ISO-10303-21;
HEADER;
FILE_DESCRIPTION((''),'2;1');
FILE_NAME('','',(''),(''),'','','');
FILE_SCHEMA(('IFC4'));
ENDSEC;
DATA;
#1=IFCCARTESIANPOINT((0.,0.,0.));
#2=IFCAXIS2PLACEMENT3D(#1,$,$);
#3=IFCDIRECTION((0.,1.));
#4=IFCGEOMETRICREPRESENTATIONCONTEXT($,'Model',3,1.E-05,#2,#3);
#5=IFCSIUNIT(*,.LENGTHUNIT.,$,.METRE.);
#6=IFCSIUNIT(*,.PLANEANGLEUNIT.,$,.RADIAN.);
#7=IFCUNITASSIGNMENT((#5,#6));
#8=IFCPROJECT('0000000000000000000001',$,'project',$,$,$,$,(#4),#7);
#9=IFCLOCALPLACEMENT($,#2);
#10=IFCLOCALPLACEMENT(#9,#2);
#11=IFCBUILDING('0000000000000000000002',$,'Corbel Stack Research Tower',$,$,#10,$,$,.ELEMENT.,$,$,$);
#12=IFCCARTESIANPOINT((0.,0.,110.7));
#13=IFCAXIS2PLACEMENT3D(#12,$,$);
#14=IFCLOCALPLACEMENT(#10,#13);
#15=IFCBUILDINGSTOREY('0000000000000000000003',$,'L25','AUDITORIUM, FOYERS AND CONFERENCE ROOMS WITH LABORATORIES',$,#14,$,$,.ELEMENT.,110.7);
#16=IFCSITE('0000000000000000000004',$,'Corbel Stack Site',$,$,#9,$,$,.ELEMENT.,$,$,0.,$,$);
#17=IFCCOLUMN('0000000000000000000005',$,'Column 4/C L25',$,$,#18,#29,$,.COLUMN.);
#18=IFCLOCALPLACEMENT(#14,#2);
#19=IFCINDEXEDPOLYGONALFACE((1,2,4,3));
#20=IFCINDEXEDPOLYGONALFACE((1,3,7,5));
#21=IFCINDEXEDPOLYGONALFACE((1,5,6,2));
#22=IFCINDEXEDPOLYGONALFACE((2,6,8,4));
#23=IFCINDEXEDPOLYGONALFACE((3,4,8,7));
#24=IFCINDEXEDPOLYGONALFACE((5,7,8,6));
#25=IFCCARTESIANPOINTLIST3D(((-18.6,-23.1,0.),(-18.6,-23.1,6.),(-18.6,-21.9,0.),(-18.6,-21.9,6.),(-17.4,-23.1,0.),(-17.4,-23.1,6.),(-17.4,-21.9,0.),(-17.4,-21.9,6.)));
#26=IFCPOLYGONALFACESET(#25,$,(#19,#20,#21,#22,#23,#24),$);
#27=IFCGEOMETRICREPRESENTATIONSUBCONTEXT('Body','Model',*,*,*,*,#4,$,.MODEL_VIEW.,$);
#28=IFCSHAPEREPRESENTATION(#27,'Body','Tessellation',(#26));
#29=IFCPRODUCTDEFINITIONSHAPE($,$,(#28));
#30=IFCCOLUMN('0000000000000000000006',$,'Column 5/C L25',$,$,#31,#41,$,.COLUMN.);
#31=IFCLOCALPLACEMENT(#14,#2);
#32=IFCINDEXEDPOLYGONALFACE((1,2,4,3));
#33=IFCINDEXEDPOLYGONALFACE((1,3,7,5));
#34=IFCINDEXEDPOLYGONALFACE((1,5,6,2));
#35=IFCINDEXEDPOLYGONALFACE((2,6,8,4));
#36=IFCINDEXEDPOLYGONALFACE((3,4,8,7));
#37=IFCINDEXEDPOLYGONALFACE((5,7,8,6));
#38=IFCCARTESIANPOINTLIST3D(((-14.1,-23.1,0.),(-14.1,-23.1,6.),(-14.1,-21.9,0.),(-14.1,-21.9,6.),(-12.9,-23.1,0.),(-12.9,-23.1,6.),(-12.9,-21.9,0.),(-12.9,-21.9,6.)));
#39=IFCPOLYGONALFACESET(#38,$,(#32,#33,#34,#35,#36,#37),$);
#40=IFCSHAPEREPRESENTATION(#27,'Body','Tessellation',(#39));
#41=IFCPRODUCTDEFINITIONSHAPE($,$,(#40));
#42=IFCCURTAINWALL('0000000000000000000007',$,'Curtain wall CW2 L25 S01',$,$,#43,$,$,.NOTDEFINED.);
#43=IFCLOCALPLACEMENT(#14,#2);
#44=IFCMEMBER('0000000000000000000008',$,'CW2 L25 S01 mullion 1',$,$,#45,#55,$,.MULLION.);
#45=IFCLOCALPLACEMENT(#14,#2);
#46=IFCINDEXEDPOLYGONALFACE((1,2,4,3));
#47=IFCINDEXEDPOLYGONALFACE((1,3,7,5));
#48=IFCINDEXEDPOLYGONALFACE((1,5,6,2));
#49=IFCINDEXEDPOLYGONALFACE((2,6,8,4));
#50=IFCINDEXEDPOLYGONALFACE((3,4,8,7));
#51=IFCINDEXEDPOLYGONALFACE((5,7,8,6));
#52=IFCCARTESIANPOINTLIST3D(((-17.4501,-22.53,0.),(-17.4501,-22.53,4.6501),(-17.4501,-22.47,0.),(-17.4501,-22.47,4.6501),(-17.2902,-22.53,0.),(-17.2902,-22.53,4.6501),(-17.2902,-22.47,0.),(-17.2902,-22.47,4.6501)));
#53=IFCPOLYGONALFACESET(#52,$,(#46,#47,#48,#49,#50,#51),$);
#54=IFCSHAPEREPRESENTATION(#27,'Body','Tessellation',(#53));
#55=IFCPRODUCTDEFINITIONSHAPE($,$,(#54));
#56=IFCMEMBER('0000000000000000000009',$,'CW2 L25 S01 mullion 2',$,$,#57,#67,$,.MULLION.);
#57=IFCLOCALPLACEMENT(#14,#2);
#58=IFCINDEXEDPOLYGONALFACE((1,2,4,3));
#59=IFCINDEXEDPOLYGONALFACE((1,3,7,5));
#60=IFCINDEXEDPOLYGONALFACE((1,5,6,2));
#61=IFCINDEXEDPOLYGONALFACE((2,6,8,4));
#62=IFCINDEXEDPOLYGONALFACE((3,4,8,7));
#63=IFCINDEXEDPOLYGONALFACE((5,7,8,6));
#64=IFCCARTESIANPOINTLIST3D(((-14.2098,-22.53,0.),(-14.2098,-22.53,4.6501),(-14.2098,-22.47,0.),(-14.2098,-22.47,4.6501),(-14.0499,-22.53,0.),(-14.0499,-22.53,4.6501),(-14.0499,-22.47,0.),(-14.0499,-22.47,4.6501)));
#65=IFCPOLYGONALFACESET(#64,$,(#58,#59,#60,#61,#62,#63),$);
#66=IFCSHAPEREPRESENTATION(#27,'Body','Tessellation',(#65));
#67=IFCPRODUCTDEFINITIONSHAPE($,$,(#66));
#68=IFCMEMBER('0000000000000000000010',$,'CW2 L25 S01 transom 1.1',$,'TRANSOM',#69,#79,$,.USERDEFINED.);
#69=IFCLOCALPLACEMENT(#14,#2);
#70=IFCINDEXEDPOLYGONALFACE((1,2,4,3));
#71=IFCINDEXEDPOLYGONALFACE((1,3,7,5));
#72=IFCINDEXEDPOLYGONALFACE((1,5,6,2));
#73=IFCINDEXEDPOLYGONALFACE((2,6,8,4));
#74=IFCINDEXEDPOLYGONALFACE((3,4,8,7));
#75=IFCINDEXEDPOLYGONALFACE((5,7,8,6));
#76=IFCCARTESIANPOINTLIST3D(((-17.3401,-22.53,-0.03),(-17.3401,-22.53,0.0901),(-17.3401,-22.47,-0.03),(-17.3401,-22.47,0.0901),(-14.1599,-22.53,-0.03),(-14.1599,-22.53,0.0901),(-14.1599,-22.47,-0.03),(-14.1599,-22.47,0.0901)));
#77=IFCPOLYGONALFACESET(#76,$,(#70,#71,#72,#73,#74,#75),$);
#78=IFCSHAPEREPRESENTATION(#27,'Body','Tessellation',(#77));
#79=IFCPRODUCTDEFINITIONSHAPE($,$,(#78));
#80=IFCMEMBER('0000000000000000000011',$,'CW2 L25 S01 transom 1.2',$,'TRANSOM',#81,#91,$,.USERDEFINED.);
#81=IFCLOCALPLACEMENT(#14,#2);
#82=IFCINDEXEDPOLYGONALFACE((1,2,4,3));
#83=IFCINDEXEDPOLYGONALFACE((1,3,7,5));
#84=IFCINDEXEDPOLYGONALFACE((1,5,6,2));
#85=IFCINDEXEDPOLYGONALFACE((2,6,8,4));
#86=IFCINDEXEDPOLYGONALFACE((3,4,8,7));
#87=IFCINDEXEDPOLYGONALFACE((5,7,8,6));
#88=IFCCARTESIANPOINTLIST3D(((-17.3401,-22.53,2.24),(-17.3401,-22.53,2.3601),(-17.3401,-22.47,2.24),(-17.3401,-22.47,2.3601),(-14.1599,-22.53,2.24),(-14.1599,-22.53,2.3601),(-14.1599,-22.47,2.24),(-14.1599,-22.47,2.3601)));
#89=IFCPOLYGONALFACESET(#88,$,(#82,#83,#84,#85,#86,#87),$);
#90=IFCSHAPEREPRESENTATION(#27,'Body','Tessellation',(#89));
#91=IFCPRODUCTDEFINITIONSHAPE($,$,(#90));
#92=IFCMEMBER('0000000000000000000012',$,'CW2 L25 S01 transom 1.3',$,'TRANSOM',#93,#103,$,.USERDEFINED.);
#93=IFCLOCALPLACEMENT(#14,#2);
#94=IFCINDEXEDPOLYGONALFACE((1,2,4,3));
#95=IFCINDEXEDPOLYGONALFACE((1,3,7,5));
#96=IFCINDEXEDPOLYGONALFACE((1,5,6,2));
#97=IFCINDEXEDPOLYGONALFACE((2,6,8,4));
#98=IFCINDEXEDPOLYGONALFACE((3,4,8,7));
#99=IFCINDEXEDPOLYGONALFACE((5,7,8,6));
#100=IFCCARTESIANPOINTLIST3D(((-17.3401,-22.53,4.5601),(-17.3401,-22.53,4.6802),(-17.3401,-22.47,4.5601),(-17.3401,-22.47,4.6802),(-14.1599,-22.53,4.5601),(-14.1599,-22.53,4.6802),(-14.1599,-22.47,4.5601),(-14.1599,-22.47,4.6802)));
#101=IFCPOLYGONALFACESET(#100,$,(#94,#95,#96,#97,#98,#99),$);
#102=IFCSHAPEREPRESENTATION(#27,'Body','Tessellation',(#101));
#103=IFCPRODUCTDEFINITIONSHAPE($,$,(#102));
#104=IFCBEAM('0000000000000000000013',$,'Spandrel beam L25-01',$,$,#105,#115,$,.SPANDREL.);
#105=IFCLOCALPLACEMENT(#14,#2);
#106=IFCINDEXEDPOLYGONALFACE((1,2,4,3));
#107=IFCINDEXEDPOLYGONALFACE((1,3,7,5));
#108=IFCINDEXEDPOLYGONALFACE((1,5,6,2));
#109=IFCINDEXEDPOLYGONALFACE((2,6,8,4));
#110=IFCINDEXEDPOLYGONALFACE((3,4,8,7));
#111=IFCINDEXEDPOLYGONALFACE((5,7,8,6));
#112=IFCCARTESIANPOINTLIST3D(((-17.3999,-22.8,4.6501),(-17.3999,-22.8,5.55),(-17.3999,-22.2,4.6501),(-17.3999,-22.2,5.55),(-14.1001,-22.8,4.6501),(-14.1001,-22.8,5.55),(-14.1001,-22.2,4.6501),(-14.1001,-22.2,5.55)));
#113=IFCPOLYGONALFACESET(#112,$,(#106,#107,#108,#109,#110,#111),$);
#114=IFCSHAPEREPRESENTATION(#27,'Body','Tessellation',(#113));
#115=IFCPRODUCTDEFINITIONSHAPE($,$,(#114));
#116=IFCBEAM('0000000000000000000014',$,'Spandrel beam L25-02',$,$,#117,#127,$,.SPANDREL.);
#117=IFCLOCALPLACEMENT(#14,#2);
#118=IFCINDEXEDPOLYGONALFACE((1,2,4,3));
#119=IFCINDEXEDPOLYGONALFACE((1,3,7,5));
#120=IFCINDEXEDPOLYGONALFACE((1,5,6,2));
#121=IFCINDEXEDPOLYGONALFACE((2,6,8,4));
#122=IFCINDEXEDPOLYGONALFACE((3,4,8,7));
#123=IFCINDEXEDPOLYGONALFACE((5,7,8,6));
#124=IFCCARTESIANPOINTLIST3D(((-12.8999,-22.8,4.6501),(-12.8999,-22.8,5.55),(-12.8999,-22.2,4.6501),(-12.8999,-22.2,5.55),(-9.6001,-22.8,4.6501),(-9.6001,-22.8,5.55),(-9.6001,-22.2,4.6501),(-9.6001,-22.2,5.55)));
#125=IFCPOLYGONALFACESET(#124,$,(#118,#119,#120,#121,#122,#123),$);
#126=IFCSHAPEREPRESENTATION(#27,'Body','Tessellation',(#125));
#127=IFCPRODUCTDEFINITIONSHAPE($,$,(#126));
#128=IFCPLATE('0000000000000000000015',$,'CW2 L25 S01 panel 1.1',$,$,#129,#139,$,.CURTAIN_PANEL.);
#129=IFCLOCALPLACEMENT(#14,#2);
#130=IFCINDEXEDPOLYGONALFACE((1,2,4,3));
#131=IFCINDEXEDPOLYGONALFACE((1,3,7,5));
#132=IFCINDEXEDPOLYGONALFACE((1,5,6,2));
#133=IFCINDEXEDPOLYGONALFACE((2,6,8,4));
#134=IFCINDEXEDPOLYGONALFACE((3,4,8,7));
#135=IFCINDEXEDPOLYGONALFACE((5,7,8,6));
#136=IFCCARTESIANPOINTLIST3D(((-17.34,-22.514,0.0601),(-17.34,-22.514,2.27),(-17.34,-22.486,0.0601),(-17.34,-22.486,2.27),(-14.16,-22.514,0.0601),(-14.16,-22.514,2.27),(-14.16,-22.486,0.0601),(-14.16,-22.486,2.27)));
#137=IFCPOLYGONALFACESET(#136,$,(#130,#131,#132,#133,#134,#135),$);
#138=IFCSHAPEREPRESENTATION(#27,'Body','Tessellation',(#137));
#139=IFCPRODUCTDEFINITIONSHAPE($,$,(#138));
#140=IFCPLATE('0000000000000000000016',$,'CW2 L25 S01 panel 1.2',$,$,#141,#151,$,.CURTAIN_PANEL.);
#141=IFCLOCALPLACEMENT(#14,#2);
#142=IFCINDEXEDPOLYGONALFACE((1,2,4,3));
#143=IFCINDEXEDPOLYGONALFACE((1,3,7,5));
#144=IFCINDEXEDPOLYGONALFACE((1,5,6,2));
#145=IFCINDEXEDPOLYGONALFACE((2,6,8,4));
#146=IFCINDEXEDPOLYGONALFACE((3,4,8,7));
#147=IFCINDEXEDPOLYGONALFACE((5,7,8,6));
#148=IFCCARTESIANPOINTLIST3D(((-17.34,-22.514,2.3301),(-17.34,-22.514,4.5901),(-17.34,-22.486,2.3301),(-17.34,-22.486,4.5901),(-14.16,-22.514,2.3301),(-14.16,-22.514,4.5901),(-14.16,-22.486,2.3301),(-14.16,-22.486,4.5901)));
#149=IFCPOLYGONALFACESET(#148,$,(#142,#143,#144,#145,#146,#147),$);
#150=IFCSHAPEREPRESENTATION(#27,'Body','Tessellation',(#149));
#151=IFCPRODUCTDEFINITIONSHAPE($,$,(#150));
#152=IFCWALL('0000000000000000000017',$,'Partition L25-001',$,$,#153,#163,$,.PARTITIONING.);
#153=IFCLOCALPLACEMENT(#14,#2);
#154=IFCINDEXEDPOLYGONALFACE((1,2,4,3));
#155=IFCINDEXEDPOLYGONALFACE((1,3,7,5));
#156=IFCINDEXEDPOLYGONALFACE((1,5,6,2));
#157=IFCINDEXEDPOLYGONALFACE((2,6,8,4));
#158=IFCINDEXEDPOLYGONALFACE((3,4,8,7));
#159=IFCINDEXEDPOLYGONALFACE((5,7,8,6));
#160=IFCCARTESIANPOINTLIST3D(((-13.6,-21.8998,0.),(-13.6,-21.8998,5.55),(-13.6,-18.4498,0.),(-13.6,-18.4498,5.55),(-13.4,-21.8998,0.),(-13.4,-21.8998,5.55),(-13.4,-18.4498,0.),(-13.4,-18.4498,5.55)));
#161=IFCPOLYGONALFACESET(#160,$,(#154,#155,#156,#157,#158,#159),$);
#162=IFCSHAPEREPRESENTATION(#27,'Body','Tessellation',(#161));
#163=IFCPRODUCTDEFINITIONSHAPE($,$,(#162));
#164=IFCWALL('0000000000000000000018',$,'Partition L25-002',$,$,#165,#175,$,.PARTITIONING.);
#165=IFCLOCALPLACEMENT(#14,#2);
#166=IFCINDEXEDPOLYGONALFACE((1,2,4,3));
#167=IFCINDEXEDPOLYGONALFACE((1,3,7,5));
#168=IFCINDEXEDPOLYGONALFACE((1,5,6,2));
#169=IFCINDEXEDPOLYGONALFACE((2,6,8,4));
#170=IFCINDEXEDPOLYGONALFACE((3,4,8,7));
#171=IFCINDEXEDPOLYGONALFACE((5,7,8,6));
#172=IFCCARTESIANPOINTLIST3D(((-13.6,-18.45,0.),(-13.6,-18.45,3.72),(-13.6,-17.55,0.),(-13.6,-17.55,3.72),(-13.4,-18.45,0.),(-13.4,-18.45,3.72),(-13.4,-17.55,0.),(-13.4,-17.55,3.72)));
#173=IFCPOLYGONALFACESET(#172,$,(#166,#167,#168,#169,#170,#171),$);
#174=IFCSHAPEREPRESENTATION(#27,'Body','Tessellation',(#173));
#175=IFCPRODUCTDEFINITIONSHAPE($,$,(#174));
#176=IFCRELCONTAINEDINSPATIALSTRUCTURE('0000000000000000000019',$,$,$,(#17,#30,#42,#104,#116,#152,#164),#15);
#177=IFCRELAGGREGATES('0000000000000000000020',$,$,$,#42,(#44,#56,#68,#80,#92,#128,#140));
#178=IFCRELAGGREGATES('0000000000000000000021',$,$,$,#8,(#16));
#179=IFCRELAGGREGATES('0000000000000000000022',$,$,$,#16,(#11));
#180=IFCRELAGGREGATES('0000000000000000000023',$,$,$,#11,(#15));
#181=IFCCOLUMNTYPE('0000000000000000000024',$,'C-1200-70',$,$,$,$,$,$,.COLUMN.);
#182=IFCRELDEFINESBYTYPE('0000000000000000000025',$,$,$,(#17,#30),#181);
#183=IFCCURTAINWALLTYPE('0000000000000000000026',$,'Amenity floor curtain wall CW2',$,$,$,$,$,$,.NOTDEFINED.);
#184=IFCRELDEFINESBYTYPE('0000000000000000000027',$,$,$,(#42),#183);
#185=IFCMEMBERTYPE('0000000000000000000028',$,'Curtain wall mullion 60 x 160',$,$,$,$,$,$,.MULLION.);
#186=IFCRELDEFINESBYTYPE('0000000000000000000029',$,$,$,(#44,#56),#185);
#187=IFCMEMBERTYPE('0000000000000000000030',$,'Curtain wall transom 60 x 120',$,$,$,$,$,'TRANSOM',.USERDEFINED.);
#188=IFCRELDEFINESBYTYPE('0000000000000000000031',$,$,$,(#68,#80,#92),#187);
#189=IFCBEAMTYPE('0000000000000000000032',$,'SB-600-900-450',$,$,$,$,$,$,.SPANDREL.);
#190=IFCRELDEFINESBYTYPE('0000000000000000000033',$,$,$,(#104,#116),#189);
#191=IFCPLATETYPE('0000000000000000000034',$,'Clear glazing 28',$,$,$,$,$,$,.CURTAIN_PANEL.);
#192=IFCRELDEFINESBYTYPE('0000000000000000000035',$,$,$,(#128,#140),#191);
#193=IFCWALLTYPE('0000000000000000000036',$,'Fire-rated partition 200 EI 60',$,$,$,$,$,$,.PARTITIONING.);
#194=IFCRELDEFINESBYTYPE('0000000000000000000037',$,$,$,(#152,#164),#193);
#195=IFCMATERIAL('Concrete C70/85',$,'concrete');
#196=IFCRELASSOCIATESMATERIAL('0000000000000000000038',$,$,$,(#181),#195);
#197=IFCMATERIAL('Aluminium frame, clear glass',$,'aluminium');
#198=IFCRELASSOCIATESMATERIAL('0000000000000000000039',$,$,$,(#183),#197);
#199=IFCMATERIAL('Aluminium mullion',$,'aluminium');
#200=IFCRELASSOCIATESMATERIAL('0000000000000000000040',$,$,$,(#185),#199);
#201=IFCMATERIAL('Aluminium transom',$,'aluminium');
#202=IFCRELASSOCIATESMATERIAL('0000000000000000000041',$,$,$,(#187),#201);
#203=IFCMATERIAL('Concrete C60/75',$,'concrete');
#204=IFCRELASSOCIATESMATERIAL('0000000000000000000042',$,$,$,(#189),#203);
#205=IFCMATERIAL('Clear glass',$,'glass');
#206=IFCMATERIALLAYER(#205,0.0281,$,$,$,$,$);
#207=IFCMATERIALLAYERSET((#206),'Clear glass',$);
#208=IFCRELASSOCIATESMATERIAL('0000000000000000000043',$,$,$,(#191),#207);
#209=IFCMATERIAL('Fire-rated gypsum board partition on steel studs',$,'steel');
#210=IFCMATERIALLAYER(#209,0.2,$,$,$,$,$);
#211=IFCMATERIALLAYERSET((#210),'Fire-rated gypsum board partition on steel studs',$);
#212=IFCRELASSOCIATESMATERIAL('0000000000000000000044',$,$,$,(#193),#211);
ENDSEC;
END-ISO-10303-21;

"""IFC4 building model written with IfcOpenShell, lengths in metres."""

from ifc_helpers import new_model, si_unit, direction, frame, frame_2d, origin, origin_2d, place, context, subcontext, project, spatial, rectangle, extrude, material, layer, layer_set, material_profile, profile_set, type_object, element, aggregate, save


model = new_model("IFC4")

# Units and contexts
model_context = context("Model", 3, precision=1e-05, world=origin(), true_north=direction((0.0, 1.0)))
body_context = subcontext(model_context, "Body", "Model", "MODEL_VIEW")
ifc_project = project(units=[si_unit("LENGTHUNIT", "METRE"), si_unit("PLANEANGLEUNIT", "RADIAN")], contexts=[model_context])

# Site, building, storey
site_placement = place(None, origin())
site = spatial("IfcSite", under=ifc_project, at=site_placement, Name="Corbel Stack Site", CompositionType="ELEMENT", RefElevation=0.0)
building_placement = place(site_placement, origin())
building = spatial("IfcBuilding", under=site, at=building_placement, Name="Corbel Stack Research Tower", CompositionType="ELEMENT")
storey_placement = place(building_placement, frame((0.0, 0.0, 110.7)))
storey = spatial("IfcBuildingStorey", under=building, at=storey_placement, Name="L25", Description="AUDITORIUM, FOYERS AND CONFERENCE ROOMS WITH LABORATORIES", CompositionType="ELEMENT", Elevation=110.7)

# Columns
ifc_material_1 = material(Name="Concrete C70/85", Category="concrete")
ifc_material_profile_1 = material_profile(ifc_material_1, rectangle(XDim=1.2, YDim=1.2, at=origin_2d()), Name="RC 1200 x 1200")
ifc_profile_set_1 = profile_set([ifc_material_profile_1], Name="Concrete C70/85")
column_type = type_object("IfcColumnType", Name="C-1200-70", PredefinedType="COLUMN", material=ifc_profile_set_1)
for number, where, z_axis, x_axis, name in (
    (1, (-18.0, -22.5, 0.0), (0.0, 0.0, 1.0), (1.0, 0.0, 0.0), "Column 4/C L25"),
    (2, (-13.5, -22.5, 0.0), (0.0, 0.0, 1.0), (1.0, 0.0, 0.0), "Column 5/C L25"),
):
    element("IfcColumn", number, at=place(storey_placement, frame(where, z_axis=z_axis, x_axis=x_axis)), inside=storey, type_object=column_type, Name=name, PredefinedType="COLUMN", context=body_context, shape_type="SweptSolid", body=[
        extrude(rectangle(XDim=1.2, YDim=1.2, at=origin_2d()), origin(), (0.0, 0.0, 1.0), 6.0),
    ])

# Curtain wall, members
ifc_material_2 = material(Name="Aluminium frame, clear glass", Category="aluminium")
curtain_wall_type = type_object("IfcCurtainWallType", Name="Amenity floor curtain wall CW2", PredefinedType="NOTDEFINED", material=ifc_material_2)
curtain_wall_placement = place(storey_placement, origin())
curtain_wall = element("IfcCurtainWall", 3, at=curtain_wall_placement, inside=storey, type_object=curtain_wall_type, Name="Curtain wall CW2 L25 S01", PredefinedType="NOTDEFINED")
ifc_material_3 = material(Name="Aluminium mullion", Category="aluminium")
ifc_material_profile_2 = material_profile(ifc_material_3, rectangle(XDim=0.0601, YDim=0.1599, at=origin_2d()), Name="Mullion 60 x 160")
ifc_profile_set_2 = profile_set([ifc_material_profile_2], Name="Aluminium mullion")
member_type_1 = type_object("IfcMemberType", Name="Curtain wall mullion 60 x 160", PredefinedType="MULLION", material=ifc_profile_set_2)
member_1_placement = place(storey_placement, frame((-17.3701, -22.5, 0.0), z_axis=(0.0, 0.0, 1.0), x_axis=(0.0, 1.0, 0.0)))
member_1 = element("IfcMember", 4, at=member_1_placement, type_object=member_type_1, Name="CW2 L25 S01 mullion 1", PredefinedType="MULLION", context=body_context, shape_type="SweptSolid", body=[
    extrude(rectangle(XDim=0.0601, YDim=0.1599, at=origin_2d()), origin(), (0.0, 0.0, 1.0), 4.6501),
])
member_2_placement = place(storey_placement, frame((-14.1299, -22.5, 0.0), z_axis=(0.0, 0.0, 1.0), x_axis=(0.0, 1.0, 0.0)))
member_2 = element("IfcMember", 5, at=member_2_placement, type_object=member_type_1, Name="CW2 L25 S01 mullion 2", PredefinedType="MULLION", context=body_context, shape_type="SweptSolid", body=[
    extrude(rectangle(XDim=0.0601, YDim=0.1599, at=origin_2d()), origin(), (0.0, 0.0, 1.0), 4.6501),
])
ifc_material_4 = material(Name="Aluminium transom", Category="aluminium")
ifc_material_profile_3 = material_profile(ifc_material_4, rectangle(XDim=0.0601, YDim=0.1201, at=origin_2d()), Name="Transom 60 x 120")
ifc_profile_set_3 = profile_set([ifc_material_profile_3], Name="Aluminium transom")
member_type_2 = type_object("IfcMemberType", Name="Curtain wall transom 60 x 120", ElementType="TRANSOM", PredefinedType="USERDEFINED", material=ifc_profile_set_3)
member_3_placement = place(storey_placement, frame((-17.3401, -22.5, 0.03), z_axis=(1.0, 0.0, 0.0), x_axis=(0.0, 1.0, 0.0)))
member_3 = element("IfcMember", 6, at=member_3_placement, type_object=member_type_2, Name="CW2 L25 S01 transom 1.1", ObjectType="TRANSOM", PredefinedType="USERDEFINED", context=body_context, shape_type="SweptSolid", body=[
    extrude(rectangle(XDim=0.0601, YDim=0.1201, at=origin_2d()), origin(), (0.0, 0.0, 1.0), 3.1802),
])
member_4_placement = place(storey_placement, frame((-17.3401, -22.5, 2.3), z_axis=(1.0, 0.0, 0.0), x_axis=(0.0, 1.0, 0.0)))
member_4 = element("IfcMember", 7, at=member_4_placement, type_object=member_type_2, Name="CW2 L25 S01 transom 1.2", ObjectType="TRANSOM", PredefinedType="USERDEFINED", context=body_context, shape_type="SweptSolid", body=[
    extrude(rectangle(XDim=0.0601, YDim=0.1201, at=origin_2d()), origin(), (0.0, 0.0, 1.0), 3.1802),
])
member_5_placement = place(storey_placement, frame((-17.3401, -22.5, 4.6201), z_axis=(1.0, 0.0, 0.0), x_axis=(0.0, 1.0, 0.0)))
member_5 = element("IfcMember", 8, at=member_5_placement, type_object=member_type_2, Name="CW2 L25 S01 transom 1.3", ObjectType="TRANSOM", PredefinedType="USERDEFINED", context=body_context, shape_type="SweptSolid", body=[
    extrude(rectangle(XDim=0.0601, YDim=0.1201, at=origin_2d()), origin(), (0.0, 0.0, 1.0), 3.1802),
])

# Beams
ifc_material_5 = material(Name="Concrete C60/75", Category="concrete")
ifc_material_profile_4 = material_profile(ifc_material_5, rectangle(XDim=0.6001, YDim=0.8999, at=origin_2d()), Name="RC 600 x 900")
ifc_profile_set_4 = profile_set([ifc_material_profile_4], Name="Concrete C60/75")
beam_type = type_object("IfcBeamType", Name="SB-600-900-450", PredefinedType="SPANDREL", material=ifc_profile_set_4)
for number, where, z_axis, x_axis, name in (
    (9, (-17.3999, -22.5, 5.1001), (1.0, 0.0, 0.0), (0.0, 1.0, 0.0), "Spandrel beam L25-01"),
    (10, (-12.8999, -22.5, 5.1001), (1.0, 0.0, 0.0), (0.0, 1.0, 0.0), "Spandrel beam L25-02"),
):
    element("IfcBeam", number, at=place(storey_placement, frame(where, z_axis=z_axis, x_axis=x_axis)), inside=storey, type_object=beam_type, Name=name, PredefinedType="SPANDREL", context=body_context, shape_type="SweptSolid", body=[
        extrude(rectangle(XDim=0.6001, YDim=0.8999, at=origin_2d()), origin(), (0.0, 0.0, 1.0), 3.2998),
    ])

# Plates
ifc_material_6 = material(Name="Clear glass", Category="glass")
ifc_layer_1 = layer(ifc_material_6, 0.0281)
ifc_layer_set_1 = layer_set([ifc_layer_1], Name="Clear glass")
plate_type = type_object("IfcPlateType", Name="Clear glazing 28", PredefinedType="CURTAIN_PANEL", material=ifc_layer_set_1)
plate_1_placement = place(storey_placement, frame((-15.75, -22.5, 0.0601), z_axis=(0.0, 0.0, 1.0), x_axis=(1.0, 0.0, 0.0)))
plate_1 = element("IfcPlate", 11, at=plate_1_placement, type_object=plate_type, Name="CW2 L25 S01 panel 1.1", PredefinedType="CURTAIN_PANEL", context=body_context, shape_type="SweptSolid", body=[
    extrude(rectangle(XDim=3.1799, YDim=0.0281, at=origin_2d()), origin(), (0.0, 0.0, 1.0), 2.21),
])
plate_2_placement = place(storey_placement, frame((-15.75, -22.5, 2.3301), z_axis=(0.0, 0.0, 1.0), x_axis=(1.0, 0.0, 0.0)))
plate_2 = element("IfcPlate", 12, at=plate_2_placement, type_object=plate_type, Name="CW2 L25 S01 panel 1.2", PredefinedType="CURTAIN_PANEL", context=body_context, shape_type="SweptSolid", body=[
    extrude(rectangle(XDim=3.1799, YDim=0.0281, at=origin_2d()), origin(), (0.0, 0.0, 1.0), 2.26),
])
aggregate(curtain_wall, [member_1, member_2, member_3, member_4, member_5, plate_1, plate_2])

# Walls
ifc_material_7 = material(Name="Fire-rated gypsum board partition on steel studs", Category="steel")
ifc_layer_2 = layer(ifc_material_7, 0.2)
ifc_layer_set_2 = layer_set([ifc_layer_2], Name="Fire-rated gypsum board partition on steel studs")
wall_type_1 = type_object("IfcWallType", Name="Fire-rated partition 200 EI 60", PredefinedType="PARTITIONING", material=ifc_layer_set_2)
wall_1_placement = place(storey_placement, frame((-13.5, -21.8999, 0.0), z_axis=(0.0, 0.0, 1.0), x_axis=(0.0, 1.0, 0.0)))
element("IfcWall", 13, at=wall_1_placement, inside=storey, type_object=wall_type_1, Name="Partition L25-001", PredefinedType="PARTITIONING", context=body_context, shape_type="SweptSolid", body=[
    extrude(rectangle(XDim=3.45, YDim=0.2, at=frame_2d((1.7251, 0.0))), origin(), (0.0, 0.0, 1.0), 5.55),
])
wall_2_placement = place(storey_placement, frame((-13.5, -18.45, 0.0), z_axis=(0.0, 0.0, 1.0), x_axis=(0.0, 1.0, 0.0)))
element("IfcWall", 14, at=wall_2_placement, inside=storey, type_object=wall_type_1, Name="Partition L25-002", PredefinedType="PARTITIONING", context=body_context, shape_type="SweptSolid", body=[
    extrude(rectangle(XDim=0.8999, YDim=0.2, at=frame_2d((0.45, 0.0))), origin(), (0.0, 0.0, 1.0), 3.72),
])

save(model, "model.ifc")
